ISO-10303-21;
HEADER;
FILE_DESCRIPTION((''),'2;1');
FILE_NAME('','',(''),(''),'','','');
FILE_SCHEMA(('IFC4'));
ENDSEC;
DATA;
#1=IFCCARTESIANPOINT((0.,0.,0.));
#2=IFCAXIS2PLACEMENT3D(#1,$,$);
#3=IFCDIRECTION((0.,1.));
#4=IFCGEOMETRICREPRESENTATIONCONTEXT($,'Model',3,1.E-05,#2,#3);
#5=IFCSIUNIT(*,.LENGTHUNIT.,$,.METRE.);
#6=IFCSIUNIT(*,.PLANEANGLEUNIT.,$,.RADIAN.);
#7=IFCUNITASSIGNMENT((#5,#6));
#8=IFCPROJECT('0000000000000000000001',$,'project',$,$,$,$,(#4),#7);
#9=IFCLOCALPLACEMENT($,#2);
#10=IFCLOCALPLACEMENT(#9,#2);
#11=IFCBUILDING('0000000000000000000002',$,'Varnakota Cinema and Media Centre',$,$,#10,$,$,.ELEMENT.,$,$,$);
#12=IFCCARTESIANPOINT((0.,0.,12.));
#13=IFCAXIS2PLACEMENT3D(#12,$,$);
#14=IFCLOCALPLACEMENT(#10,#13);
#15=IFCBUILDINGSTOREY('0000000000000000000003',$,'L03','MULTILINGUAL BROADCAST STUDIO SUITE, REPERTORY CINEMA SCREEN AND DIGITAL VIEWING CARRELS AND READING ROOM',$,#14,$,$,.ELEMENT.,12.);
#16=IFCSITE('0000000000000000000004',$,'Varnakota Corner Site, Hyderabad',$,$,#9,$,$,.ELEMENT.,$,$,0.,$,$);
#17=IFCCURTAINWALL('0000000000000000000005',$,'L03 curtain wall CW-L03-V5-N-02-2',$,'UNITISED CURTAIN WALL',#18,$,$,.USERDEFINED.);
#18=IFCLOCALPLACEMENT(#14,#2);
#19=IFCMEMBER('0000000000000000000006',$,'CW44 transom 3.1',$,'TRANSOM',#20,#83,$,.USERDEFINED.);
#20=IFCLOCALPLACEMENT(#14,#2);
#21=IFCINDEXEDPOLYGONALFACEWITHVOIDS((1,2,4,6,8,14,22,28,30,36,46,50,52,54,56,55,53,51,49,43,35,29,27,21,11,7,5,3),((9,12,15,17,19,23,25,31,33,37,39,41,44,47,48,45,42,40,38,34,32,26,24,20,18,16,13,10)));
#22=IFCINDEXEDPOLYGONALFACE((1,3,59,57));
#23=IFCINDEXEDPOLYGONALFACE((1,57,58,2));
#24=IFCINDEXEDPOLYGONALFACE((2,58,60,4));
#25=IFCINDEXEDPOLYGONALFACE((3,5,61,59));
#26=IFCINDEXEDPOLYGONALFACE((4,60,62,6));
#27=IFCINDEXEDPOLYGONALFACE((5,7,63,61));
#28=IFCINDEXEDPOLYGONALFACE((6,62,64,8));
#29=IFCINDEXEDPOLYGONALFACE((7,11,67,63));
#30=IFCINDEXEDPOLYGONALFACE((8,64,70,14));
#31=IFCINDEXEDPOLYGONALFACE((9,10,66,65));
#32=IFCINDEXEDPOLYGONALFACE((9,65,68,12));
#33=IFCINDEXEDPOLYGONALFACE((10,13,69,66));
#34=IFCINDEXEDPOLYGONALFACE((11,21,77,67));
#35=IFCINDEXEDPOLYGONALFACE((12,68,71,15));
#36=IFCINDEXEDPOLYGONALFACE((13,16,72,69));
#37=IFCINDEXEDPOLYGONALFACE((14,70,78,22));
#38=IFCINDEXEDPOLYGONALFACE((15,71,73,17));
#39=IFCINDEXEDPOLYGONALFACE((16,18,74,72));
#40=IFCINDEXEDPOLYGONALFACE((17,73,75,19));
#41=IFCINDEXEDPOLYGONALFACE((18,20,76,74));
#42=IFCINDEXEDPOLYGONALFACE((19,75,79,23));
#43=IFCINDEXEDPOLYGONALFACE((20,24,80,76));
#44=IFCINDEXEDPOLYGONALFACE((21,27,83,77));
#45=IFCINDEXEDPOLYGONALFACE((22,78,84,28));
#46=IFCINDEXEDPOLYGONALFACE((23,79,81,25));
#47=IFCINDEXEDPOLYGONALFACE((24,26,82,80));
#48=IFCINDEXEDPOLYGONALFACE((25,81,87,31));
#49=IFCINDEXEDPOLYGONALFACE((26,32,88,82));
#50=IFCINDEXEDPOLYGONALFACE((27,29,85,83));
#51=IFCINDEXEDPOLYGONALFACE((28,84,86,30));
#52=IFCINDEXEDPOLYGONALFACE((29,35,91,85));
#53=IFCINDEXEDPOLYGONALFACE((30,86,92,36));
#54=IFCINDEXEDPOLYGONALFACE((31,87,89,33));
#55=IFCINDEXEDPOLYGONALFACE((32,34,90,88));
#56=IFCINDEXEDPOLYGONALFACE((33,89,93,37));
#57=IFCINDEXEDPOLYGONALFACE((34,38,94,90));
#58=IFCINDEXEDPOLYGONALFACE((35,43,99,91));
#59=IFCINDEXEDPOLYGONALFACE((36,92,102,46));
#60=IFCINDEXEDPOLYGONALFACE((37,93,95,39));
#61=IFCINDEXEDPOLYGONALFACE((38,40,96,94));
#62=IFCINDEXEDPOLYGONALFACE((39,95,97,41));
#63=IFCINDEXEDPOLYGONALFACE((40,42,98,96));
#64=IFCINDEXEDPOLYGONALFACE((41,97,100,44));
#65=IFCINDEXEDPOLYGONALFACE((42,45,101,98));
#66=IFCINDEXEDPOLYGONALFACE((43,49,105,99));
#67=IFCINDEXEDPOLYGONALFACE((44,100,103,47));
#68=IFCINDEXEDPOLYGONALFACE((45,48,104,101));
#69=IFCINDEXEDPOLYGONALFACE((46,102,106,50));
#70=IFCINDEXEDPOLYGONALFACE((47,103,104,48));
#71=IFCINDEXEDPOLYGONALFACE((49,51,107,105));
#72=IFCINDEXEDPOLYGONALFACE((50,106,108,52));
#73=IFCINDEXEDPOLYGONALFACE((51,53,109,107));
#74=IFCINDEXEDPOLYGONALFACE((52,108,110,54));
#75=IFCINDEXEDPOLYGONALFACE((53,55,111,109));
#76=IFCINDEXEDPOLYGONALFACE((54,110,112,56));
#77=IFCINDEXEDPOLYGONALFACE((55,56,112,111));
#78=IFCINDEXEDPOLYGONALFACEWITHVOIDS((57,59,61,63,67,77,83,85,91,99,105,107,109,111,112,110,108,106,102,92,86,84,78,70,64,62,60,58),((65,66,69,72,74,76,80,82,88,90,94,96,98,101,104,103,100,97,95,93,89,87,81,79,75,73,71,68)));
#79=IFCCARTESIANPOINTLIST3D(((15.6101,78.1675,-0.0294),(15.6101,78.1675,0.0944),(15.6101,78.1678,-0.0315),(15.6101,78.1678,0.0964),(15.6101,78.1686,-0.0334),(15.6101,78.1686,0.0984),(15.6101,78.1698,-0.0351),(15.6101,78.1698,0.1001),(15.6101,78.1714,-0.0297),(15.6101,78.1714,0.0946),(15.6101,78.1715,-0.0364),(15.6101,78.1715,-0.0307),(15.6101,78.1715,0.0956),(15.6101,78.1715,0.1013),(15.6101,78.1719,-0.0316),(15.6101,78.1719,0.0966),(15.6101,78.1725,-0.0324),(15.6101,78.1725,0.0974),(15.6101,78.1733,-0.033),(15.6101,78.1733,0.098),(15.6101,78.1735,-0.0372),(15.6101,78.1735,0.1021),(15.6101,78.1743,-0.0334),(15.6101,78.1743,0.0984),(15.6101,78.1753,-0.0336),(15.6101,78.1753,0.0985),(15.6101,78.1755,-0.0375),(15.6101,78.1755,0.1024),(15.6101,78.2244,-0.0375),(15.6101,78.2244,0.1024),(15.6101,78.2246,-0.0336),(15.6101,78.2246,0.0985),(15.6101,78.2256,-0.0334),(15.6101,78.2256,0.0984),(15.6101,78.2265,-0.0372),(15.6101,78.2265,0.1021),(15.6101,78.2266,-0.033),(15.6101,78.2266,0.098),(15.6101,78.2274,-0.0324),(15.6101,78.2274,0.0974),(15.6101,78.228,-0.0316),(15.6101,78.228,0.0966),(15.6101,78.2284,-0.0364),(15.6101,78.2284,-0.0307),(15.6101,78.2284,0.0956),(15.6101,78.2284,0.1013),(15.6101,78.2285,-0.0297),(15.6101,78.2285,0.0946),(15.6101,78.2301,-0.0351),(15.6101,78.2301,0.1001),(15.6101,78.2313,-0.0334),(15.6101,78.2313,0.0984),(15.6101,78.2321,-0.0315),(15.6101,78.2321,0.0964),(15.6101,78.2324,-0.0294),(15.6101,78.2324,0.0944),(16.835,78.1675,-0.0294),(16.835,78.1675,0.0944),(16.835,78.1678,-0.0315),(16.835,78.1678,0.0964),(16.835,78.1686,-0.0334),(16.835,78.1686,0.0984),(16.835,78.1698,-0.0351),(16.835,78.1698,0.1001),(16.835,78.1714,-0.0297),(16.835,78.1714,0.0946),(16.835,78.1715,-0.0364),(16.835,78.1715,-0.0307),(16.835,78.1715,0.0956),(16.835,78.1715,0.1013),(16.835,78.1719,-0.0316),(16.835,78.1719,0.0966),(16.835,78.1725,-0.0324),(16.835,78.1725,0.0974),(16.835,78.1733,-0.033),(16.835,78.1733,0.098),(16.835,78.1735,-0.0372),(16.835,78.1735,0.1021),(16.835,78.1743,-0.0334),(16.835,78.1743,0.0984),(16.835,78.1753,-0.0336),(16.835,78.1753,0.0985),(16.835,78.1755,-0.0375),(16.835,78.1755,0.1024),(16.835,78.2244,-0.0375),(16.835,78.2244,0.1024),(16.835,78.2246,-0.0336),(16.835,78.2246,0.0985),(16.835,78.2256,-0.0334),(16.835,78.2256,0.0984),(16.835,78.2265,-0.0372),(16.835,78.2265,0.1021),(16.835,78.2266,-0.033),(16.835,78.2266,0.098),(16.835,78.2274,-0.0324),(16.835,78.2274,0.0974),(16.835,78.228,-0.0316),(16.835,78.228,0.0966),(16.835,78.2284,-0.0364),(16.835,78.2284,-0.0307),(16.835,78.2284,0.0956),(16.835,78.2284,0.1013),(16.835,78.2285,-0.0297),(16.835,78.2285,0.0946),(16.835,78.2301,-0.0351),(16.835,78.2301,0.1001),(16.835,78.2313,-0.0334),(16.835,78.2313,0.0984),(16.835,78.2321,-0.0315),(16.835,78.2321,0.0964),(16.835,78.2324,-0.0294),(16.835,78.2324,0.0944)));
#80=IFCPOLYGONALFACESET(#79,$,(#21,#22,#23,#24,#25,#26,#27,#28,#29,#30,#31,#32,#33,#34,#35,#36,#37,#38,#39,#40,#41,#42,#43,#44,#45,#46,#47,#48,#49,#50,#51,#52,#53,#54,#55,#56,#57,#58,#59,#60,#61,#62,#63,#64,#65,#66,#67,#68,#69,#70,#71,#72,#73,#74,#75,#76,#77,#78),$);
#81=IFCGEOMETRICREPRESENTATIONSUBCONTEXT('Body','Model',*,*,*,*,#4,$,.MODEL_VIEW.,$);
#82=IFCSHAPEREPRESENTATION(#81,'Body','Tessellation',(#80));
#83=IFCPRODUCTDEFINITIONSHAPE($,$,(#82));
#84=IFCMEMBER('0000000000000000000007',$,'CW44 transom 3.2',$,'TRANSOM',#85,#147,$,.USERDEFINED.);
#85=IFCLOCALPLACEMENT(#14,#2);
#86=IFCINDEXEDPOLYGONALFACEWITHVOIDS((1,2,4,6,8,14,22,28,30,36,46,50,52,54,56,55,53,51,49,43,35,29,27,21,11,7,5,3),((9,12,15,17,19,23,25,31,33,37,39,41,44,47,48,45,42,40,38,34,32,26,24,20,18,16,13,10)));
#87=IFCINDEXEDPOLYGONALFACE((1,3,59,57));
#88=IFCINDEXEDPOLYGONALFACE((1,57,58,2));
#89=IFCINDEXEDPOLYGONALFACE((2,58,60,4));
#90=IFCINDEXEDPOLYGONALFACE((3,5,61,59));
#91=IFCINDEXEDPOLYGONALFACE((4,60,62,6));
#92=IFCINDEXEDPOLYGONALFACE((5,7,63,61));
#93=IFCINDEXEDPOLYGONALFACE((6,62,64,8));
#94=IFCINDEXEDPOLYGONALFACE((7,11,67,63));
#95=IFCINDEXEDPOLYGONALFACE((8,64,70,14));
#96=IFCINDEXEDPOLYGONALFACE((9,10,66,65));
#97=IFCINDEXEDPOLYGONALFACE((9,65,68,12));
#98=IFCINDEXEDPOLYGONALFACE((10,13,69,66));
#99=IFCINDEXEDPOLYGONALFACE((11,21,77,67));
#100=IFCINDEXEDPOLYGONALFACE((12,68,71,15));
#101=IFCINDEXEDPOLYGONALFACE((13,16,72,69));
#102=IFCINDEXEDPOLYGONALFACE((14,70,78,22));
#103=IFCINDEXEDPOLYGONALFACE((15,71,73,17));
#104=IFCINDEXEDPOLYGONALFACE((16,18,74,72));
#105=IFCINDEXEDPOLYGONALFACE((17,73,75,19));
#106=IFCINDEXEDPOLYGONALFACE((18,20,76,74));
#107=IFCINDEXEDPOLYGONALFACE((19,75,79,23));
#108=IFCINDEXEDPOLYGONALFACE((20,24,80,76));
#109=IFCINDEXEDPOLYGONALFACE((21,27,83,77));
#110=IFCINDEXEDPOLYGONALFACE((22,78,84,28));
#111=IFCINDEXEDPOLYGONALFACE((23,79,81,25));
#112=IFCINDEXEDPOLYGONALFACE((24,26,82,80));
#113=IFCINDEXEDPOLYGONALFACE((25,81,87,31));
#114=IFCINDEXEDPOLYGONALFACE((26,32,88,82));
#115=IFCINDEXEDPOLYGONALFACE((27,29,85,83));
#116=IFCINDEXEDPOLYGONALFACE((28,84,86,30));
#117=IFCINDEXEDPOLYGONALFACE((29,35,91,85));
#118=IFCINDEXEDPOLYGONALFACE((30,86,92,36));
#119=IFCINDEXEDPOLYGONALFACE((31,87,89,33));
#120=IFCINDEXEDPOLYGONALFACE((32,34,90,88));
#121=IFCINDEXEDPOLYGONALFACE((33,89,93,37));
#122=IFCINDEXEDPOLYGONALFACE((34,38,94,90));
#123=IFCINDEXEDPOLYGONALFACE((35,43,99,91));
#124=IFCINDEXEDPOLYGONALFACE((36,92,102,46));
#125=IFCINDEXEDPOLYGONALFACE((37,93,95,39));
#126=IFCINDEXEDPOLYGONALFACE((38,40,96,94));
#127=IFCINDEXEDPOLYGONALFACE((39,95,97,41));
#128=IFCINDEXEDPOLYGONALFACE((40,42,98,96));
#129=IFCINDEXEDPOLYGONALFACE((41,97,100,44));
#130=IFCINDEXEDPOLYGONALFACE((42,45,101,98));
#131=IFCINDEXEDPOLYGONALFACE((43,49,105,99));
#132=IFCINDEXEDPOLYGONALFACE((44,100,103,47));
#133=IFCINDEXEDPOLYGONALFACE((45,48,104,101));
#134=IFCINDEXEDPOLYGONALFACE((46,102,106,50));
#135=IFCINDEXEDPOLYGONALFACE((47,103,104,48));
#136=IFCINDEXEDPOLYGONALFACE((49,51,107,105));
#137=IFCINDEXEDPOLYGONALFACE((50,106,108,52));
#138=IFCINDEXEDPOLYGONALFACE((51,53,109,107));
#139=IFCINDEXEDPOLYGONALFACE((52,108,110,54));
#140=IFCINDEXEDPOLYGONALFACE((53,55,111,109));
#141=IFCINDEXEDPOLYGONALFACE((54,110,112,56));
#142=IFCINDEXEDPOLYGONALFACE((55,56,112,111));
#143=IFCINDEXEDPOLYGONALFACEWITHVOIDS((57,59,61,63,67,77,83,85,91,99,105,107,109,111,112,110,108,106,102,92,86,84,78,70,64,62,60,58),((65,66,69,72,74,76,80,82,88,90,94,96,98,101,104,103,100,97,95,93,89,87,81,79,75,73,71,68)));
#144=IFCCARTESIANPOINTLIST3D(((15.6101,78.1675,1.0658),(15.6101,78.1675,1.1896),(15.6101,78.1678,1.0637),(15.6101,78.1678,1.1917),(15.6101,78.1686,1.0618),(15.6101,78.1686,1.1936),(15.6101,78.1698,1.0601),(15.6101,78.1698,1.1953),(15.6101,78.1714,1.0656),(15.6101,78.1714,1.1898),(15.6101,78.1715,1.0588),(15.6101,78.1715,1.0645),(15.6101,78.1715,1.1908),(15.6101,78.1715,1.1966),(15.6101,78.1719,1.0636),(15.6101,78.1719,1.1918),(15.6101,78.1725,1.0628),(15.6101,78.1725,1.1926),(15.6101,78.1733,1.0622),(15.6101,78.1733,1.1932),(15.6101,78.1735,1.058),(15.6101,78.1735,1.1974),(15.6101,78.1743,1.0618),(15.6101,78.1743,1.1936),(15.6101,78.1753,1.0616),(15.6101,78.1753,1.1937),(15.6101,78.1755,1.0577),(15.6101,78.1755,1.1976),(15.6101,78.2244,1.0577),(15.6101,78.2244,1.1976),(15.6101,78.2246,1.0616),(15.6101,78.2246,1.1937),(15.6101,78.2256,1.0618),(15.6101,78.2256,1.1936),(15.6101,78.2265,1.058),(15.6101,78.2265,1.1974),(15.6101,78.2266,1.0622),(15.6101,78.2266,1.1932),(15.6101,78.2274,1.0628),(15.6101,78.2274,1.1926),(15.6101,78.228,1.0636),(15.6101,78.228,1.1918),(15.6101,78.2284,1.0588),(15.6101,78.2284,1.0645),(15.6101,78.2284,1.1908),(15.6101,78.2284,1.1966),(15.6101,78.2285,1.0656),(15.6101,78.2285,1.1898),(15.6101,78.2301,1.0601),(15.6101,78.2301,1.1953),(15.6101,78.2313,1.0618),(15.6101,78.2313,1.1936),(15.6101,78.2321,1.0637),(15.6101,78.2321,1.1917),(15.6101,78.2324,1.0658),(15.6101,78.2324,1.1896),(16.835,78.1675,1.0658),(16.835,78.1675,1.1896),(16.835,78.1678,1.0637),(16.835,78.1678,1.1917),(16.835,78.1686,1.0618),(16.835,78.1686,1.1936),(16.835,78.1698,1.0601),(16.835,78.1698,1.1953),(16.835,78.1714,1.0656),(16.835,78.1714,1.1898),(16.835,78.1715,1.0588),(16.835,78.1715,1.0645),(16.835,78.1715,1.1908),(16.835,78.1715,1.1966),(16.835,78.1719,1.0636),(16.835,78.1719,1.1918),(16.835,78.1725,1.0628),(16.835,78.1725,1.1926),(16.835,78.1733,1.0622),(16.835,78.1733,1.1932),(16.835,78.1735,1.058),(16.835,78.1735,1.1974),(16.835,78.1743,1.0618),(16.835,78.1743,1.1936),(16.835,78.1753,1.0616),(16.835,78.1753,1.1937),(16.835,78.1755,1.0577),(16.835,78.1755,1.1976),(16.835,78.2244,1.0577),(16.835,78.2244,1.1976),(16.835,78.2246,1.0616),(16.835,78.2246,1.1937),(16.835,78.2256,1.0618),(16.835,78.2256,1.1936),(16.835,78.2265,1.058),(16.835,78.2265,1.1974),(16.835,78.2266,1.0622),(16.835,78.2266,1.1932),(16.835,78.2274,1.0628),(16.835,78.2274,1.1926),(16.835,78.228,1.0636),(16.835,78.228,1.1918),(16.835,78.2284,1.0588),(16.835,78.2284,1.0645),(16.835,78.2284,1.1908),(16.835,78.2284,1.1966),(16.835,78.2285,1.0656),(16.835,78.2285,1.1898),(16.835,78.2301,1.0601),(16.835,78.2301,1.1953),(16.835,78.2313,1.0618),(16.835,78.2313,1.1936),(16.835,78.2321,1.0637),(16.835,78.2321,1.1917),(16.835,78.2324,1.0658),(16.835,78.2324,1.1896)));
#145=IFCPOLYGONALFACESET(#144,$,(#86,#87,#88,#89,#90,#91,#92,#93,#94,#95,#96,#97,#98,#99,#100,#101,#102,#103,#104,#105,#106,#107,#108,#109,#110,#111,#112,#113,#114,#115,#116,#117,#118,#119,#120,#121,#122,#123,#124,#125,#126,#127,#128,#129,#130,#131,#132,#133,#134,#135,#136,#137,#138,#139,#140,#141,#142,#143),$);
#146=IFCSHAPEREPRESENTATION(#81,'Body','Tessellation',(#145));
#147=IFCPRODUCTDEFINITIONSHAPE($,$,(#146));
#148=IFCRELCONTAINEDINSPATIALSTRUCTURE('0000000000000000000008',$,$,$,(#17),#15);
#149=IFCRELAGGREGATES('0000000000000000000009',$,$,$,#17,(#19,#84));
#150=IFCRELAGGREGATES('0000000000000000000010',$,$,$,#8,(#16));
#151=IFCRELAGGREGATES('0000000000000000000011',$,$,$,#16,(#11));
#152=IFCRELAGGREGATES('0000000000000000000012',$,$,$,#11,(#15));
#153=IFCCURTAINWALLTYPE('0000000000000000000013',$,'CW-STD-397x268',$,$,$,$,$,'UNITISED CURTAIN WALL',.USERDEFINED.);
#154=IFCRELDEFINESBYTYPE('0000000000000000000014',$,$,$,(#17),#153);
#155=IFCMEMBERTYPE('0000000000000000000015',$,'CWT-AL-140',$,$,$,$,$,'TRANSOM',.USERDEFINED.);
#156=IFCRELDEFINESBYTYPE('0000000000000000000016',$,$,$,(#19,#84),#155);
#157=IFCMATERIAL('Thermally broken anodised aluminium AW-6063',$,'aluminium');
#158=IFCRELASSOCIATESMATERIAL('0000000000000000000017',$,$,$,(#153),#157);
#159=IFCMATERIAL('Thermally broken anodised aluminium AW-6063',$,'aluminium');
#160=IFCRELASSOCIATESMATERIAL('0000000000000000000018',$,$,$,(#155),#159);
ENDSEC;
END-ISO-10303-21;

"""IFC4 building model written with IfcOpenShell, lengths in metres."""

from ifc_helpers import new_model, si_unit, direction, frame, origin, origin_2d, place, context, subcontext, project, spatial, hollow_rectangle, extrude, material, material_profile, profile_set, type_object, element, aggregate, save


model = new_model("IFC4")

# Units and contexts
model_context = context("Model", 3, precision=1e-05, world=origin(), true_north=direction((0.0, 1.0)))
body_context = subcontext(model_context, "Body", "Model", "MODEL_VIEW")
ifc_project = project(units=[si_unit("LENGTHUNIT", "METRE"), si_unit("PLANEANGLEUNIT", "RADIAN")], contexts=[model_context])

# Site, building, storey
site_placement = place(None, origin())
site = spatial("IfcSite", under=ifc_project, at=site_placement, Name="Varnakota Corner Site, Hyderabad", CompositionType="ELEMENT", RefElevation=0.0)
building_placement = place(site_placement, origin())
building = spatial("IfcBuilding", under=site, at=building_placement, Name="Varnakota Cinema and Media Centre", CompositionType="ELEMENT")
storey_placement = place(building_placement, frame((0.0, 0.0, 12.0)))
storey = spatial("IfcBuildingStorey", under=building, at=storey_placement, Name="L03", Description="MULTILINGUAL BROADCAST STUDIO SUITE, REPERTORY CINEMA SCREEN AND DIGITAL VIEWING CARRELS AND READING ROOM", CompositionType="ELEMENT", Elevation=12.0)

# Curtain wall
ifc_material_1 = material(Name="Thermally broken anodised aluminium AW-6063", Category="aluminium")
curtain_wall_type_1 = type_object("IfcCurtainWallType", Name="CW-STD-397x268", ElementType="UNITISED CURTAIN WALL", PredefinedType="USERDEFINED", material=ifc_material_1)
curtain_wall_1_placement = place(storey_placement, origin())
curtain_wall_1 = element("IfcCurtainWall", 1, at=curtain_wall_1_placement, inside=storey, type_object=curtain_wall_type_1, Name="L03 curtain wall CW-L03-V5-N-02-2", ObjectType="UNITISED CURTAIN WALL", PredefinedType="USERDEFINED")

# Members
ifc_material_2 = material(Name="Thermally broken anodised aluminium AW-6063", Category="aluminium")
ifc_material_profile_1 = material_profile(ifc_material_2, hollow_rectangle(XDim=0.0649, YDim=0.1399, WallThickness=0.0039, InnerFilletRadius=0.0039, OuterFilletRadius=0.0081, at=origin_2d()), Name="AL-TRANSOM 140x65x4")
ifc_profile_set_1 = profile_set([ifc_material_profile_1], Name="Thermally broken anodised aluminium AW-6063")
member_type_1 = type_object("IfcMemberType", Name="CWT-AL-140", ElementType="TRANSOM", PredefinedType="USERDEFINED", material=ifc_profile_set_1)
member_1_placement = place(storey_placement, frame((15.6101, 78.2, 0.0325), z_axis=(1.0, 0.0, 0.0), x_axis=(0.0, 1.0, 0.0)))
member_1 = element("IfcMember", 2, at=member_1_placement, type_object=member_type_1, Name="CW44 transom 3.1", ObjectType="TRANSOM", PredefinedType="USERDEFINED", context=body_context, shape_type="SweptSolid", body=[
    extrude(hollow_rectangle(XDim=0.0649, YDim=0.1399, WallThickness=0.0039, InnerFilletRadius=0.0039, OuterFilletRadius=0.0081, at=origin_2d()), origin(), (0.0, 0.0, 1.0), 1.2249),
])
member_2_placement = place(storey_placement, frame((15.6101, 78.2, 1.1277), z_axis=(1.0, 0.0, 0.0), x_axis=(0.0, 1.0, 0.0)))
member_2 = element("IfcMember", 3, at=member_2_placement, type_object=member_type_1, Name="CW44 transom 3.2", ObjectType="TRANSOM", PredefinedType="USERDEFINED", context=body_context, shape_type="SweptSolid", body=[
    extrude(hollow_rectangle(XDim=0.0649, YDim=0.1399, WallThickness=0.0039, InnerFilletRadius=0.0039, OuterFilletRadius=0.0081, at=origin_2d()), origin(), (0.0, 0.0, 1.0), 1.2249),
])

aggregate(curtain_wall_1, [member_1, member_2])

save(model, "model.ifc")
